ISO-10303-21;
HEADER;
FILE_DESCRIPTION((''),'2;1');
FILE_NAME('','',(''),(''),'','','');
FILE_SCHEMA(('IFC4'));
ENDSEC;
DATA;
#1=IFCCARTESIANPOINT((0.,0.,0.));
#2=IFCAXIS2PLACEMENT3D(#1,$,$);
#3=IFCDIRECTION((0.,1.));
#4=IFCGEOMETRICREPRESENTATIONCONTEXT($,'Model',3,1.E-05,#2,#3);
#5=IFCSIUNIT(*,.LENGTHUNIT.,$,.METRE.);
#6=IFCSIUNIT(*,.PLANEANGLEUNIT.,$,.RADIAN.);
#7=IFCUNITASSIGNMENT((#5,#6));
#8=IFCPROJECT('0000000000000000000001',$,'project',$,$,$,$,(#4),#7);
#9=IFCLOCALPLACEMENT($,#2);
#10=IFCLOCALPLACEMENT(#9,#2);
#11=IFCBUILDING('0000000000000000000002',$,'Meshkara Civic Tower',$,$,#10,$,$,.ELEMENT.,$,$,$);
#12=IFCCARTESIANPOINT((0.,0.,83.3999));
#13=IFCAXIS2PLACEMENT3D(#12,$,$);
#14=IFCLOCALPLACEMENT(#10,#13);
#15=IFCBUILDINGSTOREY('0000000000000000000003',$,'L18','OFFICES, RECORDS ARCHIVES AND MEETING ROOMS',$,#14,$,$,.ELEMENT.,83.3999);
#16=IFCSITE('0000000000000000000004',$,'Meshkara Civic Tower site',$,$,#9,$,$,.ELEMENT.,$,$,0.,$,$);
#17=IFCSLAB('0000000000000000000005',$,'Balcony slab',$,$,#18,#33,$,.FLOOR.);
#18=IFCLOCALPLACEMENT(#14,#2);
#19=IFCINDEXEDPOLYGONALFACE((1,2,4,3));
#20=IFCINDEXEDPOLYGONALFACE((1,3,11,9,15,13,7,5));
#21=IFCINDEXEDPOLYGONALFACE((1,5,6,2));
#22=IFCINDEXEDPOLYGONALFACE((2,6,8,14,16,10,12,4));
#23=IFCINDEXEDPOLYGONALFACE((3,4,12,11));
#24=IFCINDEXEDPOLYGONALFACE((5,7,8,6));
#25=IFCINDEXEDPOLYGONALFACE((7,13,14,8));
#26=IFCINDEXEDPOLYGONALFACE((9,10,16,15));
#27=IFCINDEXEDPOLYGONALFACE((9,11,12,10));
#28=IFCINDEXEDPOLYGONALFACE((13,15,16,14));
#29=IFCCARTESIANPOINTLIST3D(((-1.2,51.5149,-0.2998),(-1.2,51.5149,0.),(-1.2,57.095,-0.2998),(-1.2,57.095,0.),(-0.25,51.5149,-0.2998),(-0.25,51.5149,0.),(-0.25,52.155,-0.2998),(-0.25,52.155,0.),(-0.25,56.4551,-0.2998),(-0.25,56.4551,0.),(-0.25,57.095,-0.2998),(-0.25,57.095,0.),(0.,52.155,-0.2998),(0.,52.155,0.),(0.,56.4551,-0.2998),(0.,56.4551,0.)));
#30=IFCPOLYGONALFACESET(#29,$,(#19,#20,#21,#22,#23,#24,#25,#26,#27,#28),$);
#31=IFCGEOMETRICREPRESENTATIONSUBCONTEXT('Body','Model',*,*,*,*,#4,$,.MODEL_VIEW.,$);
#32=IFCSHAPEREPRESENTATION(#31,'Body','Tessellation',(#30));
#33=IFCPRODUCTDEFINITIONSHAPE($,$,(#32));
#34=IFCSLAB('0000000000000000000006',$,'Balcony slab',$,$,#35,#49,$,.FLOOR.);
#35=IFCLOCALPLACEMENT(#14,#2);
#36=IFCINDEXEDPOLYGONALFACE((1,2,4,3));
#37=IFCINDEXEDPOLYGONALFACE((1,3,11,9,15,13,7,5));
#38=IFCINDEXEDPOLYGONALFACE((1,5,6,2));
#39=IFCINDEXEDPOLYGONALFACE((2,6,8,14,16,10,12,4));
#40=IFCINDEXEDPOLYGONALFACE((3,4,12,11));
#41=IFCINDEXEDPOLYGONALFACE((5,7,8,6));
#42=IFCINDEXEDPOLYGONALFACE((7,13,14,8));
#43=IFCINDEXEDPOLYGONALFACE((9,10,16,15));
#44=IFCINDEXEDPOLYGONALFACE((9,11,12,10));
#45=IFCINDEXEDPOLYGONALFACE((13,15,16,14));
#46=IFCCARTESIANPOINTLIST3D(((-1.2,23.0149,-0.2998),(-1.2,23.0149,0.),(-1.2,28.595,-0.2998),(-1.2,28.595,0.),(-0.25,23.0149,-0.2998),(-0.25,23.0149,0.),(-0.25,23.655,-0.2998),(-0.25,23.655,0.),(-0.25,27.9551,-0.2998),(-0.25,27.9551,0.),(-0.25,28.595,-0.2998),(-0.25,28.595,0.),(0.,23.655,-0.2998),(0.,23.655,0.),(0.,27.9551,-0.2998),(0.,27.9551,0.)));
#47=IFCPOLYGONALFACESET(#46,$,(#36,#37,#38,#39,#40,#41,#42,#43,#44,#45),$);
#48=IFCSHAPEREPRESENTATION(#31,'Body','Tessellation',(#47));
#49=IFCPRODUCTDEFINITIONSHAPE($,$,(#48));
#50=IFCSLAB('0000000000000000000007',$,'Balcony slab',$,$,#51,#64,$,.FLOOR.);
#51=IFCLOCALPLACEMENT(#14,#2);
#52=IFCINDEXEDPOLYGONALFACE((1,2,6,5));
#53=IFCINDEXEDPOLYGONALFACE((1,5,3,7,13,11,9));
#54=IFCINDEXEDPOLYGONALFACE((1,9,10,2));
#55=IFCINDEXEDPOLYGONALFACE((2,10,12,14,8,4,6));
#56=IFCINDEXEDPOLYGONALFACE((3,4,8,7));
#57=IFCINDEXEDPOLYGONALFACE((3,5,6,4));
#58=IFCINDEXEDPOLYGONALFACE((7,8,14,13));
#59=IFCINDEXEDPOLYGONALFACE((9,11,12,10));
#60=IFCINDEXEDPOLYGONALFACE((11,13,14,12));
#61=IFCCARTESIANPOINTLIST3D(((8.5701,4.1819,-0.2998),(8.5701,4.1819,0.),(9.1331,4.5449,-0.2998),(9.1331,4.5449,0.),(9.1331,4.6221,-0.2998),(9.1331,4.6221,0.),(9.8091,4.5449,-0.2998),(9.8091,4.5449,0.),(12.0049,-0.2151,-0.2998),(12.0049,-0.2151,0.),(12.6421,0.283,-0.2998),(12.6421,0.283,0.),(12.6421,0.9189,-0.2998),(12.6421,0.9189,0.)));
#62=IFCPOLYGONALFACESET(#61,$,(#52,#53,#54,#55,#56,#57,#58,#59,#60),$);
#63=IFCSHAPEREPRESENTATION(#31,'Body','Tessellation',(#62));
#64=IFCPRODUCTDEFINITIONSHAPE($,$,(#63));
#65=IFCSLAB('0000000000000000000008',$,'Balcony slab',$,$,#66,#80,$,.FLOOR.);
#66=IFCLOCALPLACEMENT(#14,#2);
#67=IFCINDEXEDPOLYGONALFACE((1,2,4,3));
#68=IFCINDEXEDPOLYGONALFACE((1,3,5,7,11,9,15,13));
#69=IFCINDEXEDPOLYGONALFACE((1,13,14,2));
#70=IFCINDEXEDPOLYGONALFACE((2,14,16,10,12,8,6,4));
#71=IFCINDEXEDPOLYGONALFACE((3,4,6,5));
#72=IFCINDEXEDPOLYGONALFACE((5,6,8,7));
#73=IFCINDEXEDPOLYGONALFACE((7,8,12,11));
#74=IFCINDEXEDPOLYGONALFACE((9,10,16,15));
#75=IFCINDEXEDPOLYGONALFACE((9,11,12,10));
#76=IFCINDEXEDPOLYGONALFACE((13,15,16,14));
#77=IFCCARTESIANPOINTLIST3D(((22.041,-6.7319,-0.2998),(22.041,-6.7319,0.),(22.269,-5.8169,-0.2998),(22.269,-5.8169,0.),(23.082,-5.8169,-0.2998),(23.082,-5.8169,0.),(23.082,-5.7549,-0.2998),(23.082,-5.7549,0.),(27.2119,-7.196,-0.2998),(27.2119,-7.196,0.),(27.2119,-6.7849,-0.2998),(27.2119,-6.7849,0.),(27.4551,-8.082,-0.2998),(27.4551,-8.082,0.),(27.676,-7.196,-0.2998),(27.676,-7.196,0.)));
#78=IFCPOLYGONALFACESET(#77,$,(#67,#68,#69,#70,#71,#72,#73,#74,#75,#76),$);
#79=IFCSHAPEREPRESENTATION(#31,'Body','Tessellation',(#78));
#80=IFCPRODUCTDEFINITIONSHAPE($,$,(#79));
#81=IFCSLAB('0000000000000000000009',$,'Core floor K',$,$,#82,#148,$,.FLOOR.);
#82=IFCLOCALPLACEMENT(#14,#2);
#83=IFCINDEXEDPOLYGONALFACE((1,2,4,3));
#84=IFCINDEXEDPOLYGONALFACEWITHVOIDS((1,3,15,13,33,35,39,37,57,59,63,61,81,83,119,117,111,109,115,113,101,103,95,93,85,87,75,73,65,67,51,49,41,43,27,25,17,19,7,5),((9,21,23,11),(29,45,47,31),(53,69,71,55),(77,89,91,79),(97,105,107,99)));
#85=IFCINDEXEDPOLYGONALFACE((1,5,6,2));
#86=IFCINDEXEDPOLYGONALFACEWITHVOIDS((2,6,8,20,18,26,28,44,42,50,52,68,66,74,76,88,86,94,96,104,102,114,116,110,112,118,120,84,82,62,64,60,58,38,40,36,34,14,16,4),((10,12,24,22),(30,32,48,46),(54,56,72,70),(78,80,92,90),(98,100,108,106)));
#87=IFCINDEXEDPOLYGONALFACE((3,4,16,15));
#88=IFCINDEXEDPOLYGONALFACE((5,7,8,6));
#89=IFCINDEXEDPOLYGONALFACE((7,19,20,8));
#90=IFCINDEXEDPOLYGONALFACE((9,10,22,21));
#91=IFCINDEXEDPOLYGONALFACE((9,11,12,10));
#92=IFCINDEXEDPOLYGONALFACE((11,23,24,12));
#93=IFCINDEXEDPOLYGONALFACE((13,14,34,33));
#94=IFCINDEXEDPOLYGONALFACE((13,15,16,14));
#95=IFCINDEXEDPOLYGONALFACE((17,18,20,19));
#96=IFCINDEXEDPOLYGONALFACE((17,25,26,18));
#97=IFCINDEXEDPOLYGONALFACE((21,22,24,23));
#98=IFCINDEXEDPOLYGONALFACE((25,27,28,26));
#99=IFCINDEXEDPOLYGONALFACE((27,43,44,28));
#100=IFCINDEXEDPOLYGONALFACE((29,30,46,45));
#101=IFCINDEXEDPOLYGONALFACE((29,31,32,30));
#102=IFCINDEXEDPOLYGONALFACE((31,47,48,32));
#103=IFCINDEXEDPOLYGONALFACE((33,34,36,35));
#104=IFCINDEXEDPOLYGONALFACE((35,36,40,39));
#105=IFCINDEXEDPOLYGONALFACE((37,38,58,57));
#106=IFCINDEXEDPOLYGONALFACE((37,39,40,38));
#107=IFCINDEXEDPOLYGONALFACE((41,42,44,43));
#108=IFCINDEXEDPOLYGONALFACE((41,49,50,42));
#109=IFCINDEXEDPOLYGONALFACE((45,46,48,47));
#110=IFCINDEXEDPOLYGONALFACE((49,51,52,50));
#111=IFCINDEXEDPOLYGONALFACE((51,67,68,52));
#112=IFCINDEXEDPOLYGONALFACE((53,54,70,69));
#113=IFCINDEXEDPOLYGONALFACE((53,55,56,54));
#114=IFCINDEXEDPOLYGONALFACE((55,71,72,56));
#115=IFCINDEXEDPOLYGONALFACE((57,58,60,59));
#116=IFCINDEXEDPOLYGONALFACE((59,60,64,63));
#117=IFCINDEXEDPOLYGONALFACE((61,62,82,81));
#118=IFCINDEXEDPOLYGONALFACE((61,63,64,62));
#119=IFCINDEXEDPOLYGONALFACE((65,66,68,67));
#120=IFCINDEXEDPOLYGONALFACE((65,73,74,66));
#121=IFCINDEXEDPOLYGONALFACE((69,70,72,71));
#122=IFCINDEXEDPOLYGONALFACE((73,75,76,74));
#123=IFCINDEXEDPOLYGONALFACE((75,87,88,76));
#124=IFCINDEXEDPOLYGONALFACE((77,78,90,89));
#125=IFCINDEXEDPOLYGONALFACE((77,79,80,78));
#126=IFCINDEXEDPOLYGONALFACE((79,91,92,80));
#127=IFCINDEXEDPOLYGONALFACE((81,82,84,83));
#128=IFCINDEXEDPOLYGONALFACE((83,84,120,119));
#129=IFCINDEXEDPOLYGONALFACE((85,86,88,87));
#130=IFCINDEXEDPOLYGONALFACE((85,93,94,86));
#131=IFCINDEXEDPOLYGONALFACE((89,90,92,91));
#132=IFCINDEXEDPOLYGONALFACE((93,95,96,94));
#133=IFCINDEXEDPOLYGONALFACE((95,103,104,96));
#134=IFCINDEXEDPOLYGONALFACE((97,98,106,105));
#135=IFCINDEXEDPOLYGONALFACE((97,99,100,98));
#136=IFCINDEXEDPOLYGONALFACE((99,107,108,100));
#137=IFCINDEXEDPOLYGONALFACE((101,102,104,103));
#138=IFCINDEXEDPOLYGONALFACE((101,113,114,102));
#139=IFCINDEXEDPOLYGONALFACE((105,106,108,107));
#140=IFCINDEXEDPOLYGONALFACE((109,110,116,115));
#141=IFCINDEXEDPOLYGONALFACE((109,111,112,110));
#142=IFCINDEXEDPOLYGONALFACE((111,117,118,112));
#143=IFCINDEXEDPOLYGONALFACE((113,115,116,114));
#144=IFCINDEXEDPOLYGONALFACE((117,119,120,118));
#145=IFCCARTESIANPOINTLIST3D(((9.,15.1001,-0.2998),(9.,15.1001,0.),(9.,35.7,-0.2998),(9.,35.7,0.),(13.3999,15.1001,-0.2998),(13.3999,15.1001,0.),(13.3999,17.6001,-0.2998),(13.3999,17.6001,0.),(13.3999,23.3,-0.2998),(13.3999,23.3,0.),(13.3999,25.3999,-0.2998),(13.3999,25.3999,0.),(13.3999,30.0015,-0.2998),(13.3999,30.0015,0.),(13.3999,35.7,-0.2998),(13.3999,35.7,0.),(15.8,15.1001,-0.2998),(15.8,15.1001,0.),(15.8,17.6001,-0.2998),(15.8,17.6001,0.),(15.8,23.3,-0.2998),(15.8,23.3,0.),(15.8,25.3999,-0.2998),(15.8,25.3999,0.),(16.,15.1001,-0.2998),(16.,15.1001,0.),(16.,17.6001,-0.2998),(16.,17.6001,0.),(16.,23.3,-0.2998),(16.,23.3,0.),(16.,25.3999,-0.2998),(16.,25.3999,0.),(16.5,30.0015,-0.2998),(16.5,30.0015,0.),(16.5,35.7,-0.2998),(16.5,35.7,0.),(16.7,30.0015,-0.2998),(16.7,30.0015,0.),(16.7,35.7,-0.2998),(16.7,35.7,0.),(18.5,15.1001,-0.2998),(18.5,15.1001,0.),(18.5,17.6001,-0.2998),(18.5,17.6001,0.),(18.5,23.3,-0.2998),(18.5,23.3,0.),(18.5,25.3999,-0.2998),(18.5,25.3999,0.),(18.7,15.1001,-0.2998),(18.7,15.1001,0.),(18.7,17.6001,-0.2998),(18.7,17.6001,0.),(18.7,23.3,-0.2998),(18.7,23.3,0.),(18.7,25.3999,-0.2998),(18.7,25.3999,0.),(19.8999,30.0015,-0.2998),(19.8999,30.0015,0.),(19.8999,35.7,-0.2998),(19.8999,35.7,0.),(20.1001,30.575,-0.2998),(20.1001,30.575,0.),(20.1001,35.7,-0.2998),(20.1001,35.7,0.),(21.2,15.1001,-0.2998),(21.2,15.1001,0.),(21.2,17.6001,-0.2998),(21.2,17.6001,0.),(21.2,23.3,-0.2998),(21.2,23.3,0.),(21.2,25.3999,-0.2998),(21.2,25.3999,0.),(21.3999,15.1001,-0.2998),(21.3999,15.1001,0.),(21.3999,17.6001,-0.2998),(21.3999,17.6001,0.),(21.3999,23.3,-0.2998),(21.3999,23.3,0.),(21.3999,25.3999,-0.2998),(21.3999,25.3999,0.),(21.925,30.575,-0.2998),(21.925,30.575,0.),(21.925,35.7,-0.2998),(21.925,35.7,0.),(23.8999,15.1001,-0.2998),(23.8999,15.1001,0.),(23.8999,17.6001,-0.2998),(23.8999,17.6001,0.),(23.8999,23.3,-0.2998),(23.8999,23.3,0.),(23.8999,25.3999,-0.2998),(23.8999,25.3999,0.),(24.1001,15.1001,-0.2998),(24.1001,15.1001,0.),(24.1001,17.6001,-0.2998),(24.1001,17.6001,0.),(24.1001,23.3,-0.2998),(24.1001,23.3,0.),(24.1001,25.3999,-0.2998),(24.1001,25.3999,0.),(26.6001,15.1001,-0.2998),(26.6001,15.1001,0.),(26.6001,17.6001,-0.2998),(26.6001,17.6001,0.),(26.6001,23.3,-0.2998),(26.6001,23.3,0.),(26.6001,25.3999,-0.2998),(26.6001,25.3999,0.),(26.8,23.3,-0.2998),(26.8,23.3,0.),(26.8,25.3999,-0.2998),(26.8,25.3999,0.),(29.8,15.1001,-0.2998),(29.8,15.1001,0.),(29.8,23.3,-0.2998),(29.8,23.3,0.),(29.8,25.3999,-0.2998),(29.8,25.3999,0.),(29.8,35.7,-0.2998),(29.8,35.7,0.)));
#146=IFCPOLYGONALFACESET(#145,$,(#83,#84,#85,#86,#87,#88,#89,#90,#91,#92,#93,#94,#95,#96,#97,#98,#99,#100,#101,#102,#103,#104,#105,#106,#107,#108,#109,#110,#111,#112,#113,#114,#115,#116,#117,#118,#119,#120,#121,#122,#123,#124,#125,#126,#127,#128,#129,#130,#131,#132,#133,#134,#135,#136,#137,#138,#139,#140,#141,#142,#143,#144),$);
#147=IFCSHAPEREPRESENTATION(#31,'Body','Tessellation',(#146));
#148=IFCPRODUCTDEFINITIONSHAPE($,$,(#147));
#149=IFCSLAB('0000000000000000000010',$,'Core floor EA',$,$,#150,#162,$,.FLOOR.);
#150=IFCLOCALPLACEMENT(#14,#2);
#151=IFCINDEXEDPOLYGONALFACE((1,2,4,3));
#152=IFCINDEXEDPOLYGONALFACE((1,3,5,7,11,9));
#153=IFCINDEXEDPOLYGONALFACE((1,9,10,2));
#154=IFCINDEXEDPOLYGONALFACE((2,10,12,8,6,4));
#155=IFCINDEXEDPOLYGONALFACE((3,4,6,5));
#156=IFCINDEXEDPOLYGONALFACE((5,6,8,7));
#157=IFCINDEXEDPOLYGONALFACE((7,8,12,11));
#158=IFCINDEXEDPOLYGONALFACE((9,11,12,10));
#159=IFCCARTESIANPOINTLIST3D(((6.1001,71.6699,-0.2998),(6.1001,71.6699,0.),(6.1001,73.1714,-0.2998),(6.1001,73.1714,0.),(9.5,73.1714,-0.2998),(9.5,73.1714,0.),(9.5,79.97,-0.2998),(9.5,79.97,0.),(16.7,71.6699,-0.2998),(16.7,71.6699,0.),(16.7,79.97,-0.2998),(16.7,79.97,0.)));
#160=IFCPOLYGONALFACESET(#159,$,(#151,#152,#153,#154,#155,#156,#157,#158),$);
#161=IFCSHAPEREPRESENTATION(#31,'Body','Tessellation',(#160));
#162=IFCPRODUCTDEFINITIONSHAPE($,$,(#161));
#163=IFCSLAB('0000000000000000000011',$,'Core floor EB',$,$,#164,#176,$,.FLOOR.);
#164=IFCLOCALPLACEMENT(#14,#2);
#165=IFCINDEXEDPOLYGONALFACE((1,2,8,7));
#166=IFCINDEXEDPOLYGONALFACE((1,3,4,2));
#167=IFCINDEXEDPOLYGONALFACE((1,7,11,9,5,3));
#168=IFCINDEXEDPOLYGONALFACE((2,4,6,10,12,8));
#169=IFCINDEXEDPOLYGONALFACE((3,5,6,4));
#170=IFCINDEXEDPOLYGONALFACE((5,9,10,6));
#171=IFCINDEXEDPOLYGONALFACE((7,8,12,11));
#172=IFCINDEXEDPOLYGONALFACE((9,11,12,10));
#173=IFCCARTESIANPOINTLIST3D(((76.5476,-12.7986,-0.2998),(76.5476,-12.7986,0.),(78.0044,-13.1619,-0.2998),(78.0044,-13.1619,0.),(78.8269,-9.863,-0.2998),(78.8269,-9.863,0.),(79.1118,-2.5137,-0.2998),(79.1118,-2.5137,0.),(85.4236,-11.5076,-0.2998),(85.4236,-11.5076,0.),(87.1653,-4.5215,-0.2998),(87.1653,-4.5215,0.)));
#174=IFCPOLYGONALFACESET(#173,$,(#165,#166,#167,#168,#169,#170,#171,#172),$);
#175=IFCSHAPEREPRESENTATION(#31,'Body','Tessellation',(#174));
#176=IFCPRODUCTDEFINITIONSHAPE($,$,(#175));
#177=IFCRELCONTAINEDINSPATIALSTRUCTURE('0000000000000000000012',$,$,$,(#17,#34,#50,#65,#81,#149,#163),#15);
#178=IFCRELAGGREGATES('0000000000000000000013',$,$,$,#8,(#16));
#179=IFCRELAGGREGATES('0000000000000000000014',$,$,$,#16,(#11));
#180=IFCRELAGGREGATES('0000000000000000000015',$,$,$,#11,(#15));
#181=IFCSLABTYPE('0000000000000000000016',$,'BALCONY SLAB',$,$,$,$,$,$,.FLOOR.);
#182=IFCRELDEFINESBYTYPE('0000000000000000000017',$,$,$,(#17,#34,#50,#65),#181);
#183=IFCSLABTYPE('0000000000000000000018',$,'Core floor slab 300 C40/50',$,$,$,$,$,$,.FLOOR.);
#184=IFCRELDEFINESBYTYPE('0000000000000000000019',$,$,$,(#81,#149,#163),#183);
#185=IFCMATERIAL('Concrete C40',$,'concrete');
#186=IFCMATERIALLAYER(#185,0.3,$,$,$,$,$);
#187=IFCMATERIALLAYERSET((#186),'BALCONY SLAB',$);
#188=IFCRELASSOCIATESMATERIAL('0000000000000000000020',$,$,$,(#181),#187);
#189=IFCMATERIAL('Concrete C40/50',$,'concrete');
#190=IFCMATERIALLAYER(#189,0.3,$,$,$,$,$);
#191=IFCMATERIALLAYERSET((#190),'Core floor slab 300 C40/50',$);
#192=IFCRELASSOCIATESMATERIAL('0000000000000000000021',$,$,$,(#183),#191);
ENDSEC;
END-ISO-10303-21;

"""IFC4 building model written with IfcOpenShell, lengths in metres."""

from ifc_helpers import new_model, si_unit, direction, frame, origin, place, context, subcontext, project, spatial, polyline, outline, extrude, material, layer, layer_set, type_object, element, save


model = new_model("IFC4")

# Units and contexts
model_context = context("Model", 3, precision=1e-05, world=origin(), true_north=direction((0.0, 1.0)))
body_context = subcontext(model_context, "Body", "Model", "MODEL_VIEW")
ifc_project = project(units=[si_unit("LENGTHUNIT", "METRE"), si_unit("PLANEANGLEUNIT", "RADIAN")], contexts=[model_context])

# Site, building, storey
site_placement = place(None, origin())
site = spatial("IfcSite", under=ifc_project, at=site_placement, Name="Meshkara Civic Tower site", CompositionType="ELEMENT", RefElevation=0.0)
building_placement = place(site_placement, origin())
building = spatial("IfcBuilding", under=site, at=building_placement, Name="Meshkara Civic Tower", CompositionType="ELEMENT")
storey_placement = place(building_placement, frame((0.0, 0.0, 83.3999)))
storey = spatial("IfcBuildingStorey", under=building, at=storey_placement, Name="L18", Description="OFFICES, RECORDS ARCHIVES AND MEETING ROOMS", CompositionType="ELEMENT", Elevation=83.3999)

# Slabs
ifc_material_1 = material(Name="Concrete C40", Category="concrete")
ifc_layer_1 = layer(ifc_material_1, 0.3)
ifc_layer_set_1 = layer_set([ifc_layer_1], Name="BALCONY SLAB")
slab_type_1 = type_object("IfcSlabType", Name="BALCONY SLAB", PredefinedType="FLOOR", material=ifc_layer_set_1)
slab_1_placement = place(storey_placement, frame((0.0, 0.0, -0.2998)))
element("IfcSlab", 1, at=slab_1_placement, inside=storey, type_object=slab_type_1, Name="Balcony slab", PredefinedType="FLOOR", context=body_context, shape_type="SweptSolid", body=[
    extrude(outline(polyline([(-1.2, 51.5149), (-1.2, 57.095), (-0.25, 57.095), (-0.25, 56.4551), (0.0, 56.4551), (0.0, 52.155), (-0.25, 52.155), (-0.25, 51.5149), (-1.2, 51.5149)])), origin(), (0.0, 0.0, 1.0), 0.2998),
])
slab_2_placement = place(storey_placement, frame((0.0, 0.0, -0.2998)))
element("IfcSlab", 2, at=slab_2_placement, inside=storey, type_object=slab_type_1, Name="Balcony slab", PredefinedType="FLOOR", context=body_context, shape_type="SweptSolid", body=[
    extrude(outline(polyline([(-1.2, 23.0149), (-1.2, 28.595), (-0.25, 28.595), (-0.25, 27.9551), (0.0, 27.9551), (0.0, 23.655), (-0.25, 23.655), (-0.25, 23.0149), (-1.2, 23.0149)])), origin(), (0.0, 0.0, 1.0), 0.2998),
])
slab_3_placement = place(storey_placement, frame((0.0, 0.0, -0.2998)))
element("IfcSlab", 3, at=slab_3_placement, inside=storey, type_object=slab_type_1, Name="Balcony slab", PredefinedType="FLOOR", context=body_context, shape_type="SweptSolid", body=[
    extrude(outline(polyline([(12.0049, -0.2151), (8.5701, 4.1819), (9.1331, 4.6221), (9.1331, 4.5449), (9.8091, 4.5449), (12.6421, 0.9189), (12.6421, 0.283), (12.0049, -0.2151)])), origin(), (0.0, 0.0, 1.0), 0.2998),
])
slab_4_placement = place(storey_placement, frame((0.0, 0.0, -0.2998)))
element("IfcSlab", 4, at=slab_4_placement, inside=storey, type_object=slab_type_1, Name="Balcony slab", PredefinedType="FLOOR", context=body_context, shape_type="SweptSolid", body=[
    extrude(outline(polyline([(27.4551, -8.082), (22.041, -6.7319), (22.269, -5.8169), (23.082, -5.8169), (23.082, -5.7549), (27.2119, -6.7849), (27.2119, -7.196), (27.676, -7.196), (27.4551, -8.082)])), origin(), (0.0, 0.0, 1.0), 0.2998),
])
ifc_material_2 = material(Name="Concrete C40/50", Category="concrete")
ifc_layer_2 = layer(ifc_material_2, 0.3)
ifc_layer_set_2 = layer_set([ifc_layer_2], Name="Core floor slab 300 C40/50")
slab_type_2 = type_object("IfcSlabType", Name="Core floor slab 300 C40/50", PredefinedType="FLOOR", material=ifc_layer_set_2)
slab_5_placement = place(storey_placement, frame((0.0, 0.0, -0.2998)))
element("IfcSlab", 5, at=slab_5_placement, inside=storey, type_object=slab_type_2, Name="Core floor K", PredefinedType="FLOOR", context=body_context, shape_type="SweptSolid", body=[
    extrude(outline(polyline([(9.0, 35.7), (13.3999, 35.7), (13.3999, 30.0015), (16.5, 30.0015), (16.5, 35.7), (16.7, 35.7), (16.7, 30.0015), (19.8999, 30.0015), (19.8999, 35.7), (20.1001, 35.7), (20.1001, 30.575), (21.925, 30.575), (21.925, 35.7), (29.8, 35.7), (29.8, 25.3999), (26.8, 25.3999), (26.8, 23.3), (29.8, 23.3), (29.8, 15.1001), (26.6001, 15.1001), (26.6001, 17.6001), (24.1001, 17.6001), (24.1001, 15.1001), (23.8999, 15.1001), (23.8999, 17.6001), (21.3999, 17.6001), (21.3999, 15.1001), (21.2, 15.1001), (21.2, 17.6001), (18.7, 17.6001), (18.7, 15.1001), (18.5, 15.1001), (18.5, 17.6001), (16.0, 17.6001), (16.0, 15.1001), (15.8, 15.1001), (15.8, 17.6001), (13.3999, 17.6001), (13.3999, 15.1001), (9.0, 15.1001), (9.0, 35.7)]), holes=[polyline([(13.3999, 25.3999), (13.3999, 23.3), (15.8, 23.3), (15.8, 25.3999), (13.3999, 25.3999)]), polyline([(18.5, 23.3), (18.5, 25.3999), (16.0, 25.3999), (16.0, 23.3), (18.5, 23.3)]), polyline([(18.7, 25.3999), (18.7, 23.3), (21.2, 23.3), (21.2, 25.3999), (18.7, 25.3999)]), polyline([(23.8999, 25.3999), (21.3999, 25.3999), (21.3999, 23.3), (23.8999, 23.3), (23.8999, 25.3999)]), polyline([(24.1001, 23.3), (26.6001, 23.3), (26.6001, 25.3999), (24.1001, 25.3999), (24.1001, 23.3)])]), origin(), (0.0, 0.0, 1.0), 0.2998),
])
slab_6_placement = place(storey_placement, frame((0.0, 0.0, -0.2998)))
element("IfcSlab", 6, at=slab_6_placement, inside=storey, type_object=slab_type_2, Name="Core floor EA", PredefinedType="FLOOR", context=body_context, shape_type="SweptSolid", body=[
    extrude(outline(polyline([(16.7, 71.6699), (16.7, 79.97), (9.5, 79.97), (9.5, 73.1714), (6.1001, 73.1714), (6.1001, 71.6699), (16.7, 71.6699)])), origin(), (0.0, 0.0, 1.0), 0.2998),
])
slab_7_placement = place(storey_placement, frame((0.0, 0.0, -0.2998)))
element("IfcSlab", 7, at=slab_7_placement, inside=storey, type_object=slab_type_2, Name="Core floor EB", PredefinedType="FLOOR", context=body_context, shape_type="SweptSolid", body=[
    extrude(outline(polyline([(79.1118, -2.5137), (87.1653, -4.5215), (85.4236, -11.5076), (78.8269, -9.863), (78.0044, -13.1619), (76.5476, -12.7986), (79.1118, -2.5137)])), origin(), (0.0, 0.0, 1.0), 0.2998),
])

save(model, "model.ifc")
